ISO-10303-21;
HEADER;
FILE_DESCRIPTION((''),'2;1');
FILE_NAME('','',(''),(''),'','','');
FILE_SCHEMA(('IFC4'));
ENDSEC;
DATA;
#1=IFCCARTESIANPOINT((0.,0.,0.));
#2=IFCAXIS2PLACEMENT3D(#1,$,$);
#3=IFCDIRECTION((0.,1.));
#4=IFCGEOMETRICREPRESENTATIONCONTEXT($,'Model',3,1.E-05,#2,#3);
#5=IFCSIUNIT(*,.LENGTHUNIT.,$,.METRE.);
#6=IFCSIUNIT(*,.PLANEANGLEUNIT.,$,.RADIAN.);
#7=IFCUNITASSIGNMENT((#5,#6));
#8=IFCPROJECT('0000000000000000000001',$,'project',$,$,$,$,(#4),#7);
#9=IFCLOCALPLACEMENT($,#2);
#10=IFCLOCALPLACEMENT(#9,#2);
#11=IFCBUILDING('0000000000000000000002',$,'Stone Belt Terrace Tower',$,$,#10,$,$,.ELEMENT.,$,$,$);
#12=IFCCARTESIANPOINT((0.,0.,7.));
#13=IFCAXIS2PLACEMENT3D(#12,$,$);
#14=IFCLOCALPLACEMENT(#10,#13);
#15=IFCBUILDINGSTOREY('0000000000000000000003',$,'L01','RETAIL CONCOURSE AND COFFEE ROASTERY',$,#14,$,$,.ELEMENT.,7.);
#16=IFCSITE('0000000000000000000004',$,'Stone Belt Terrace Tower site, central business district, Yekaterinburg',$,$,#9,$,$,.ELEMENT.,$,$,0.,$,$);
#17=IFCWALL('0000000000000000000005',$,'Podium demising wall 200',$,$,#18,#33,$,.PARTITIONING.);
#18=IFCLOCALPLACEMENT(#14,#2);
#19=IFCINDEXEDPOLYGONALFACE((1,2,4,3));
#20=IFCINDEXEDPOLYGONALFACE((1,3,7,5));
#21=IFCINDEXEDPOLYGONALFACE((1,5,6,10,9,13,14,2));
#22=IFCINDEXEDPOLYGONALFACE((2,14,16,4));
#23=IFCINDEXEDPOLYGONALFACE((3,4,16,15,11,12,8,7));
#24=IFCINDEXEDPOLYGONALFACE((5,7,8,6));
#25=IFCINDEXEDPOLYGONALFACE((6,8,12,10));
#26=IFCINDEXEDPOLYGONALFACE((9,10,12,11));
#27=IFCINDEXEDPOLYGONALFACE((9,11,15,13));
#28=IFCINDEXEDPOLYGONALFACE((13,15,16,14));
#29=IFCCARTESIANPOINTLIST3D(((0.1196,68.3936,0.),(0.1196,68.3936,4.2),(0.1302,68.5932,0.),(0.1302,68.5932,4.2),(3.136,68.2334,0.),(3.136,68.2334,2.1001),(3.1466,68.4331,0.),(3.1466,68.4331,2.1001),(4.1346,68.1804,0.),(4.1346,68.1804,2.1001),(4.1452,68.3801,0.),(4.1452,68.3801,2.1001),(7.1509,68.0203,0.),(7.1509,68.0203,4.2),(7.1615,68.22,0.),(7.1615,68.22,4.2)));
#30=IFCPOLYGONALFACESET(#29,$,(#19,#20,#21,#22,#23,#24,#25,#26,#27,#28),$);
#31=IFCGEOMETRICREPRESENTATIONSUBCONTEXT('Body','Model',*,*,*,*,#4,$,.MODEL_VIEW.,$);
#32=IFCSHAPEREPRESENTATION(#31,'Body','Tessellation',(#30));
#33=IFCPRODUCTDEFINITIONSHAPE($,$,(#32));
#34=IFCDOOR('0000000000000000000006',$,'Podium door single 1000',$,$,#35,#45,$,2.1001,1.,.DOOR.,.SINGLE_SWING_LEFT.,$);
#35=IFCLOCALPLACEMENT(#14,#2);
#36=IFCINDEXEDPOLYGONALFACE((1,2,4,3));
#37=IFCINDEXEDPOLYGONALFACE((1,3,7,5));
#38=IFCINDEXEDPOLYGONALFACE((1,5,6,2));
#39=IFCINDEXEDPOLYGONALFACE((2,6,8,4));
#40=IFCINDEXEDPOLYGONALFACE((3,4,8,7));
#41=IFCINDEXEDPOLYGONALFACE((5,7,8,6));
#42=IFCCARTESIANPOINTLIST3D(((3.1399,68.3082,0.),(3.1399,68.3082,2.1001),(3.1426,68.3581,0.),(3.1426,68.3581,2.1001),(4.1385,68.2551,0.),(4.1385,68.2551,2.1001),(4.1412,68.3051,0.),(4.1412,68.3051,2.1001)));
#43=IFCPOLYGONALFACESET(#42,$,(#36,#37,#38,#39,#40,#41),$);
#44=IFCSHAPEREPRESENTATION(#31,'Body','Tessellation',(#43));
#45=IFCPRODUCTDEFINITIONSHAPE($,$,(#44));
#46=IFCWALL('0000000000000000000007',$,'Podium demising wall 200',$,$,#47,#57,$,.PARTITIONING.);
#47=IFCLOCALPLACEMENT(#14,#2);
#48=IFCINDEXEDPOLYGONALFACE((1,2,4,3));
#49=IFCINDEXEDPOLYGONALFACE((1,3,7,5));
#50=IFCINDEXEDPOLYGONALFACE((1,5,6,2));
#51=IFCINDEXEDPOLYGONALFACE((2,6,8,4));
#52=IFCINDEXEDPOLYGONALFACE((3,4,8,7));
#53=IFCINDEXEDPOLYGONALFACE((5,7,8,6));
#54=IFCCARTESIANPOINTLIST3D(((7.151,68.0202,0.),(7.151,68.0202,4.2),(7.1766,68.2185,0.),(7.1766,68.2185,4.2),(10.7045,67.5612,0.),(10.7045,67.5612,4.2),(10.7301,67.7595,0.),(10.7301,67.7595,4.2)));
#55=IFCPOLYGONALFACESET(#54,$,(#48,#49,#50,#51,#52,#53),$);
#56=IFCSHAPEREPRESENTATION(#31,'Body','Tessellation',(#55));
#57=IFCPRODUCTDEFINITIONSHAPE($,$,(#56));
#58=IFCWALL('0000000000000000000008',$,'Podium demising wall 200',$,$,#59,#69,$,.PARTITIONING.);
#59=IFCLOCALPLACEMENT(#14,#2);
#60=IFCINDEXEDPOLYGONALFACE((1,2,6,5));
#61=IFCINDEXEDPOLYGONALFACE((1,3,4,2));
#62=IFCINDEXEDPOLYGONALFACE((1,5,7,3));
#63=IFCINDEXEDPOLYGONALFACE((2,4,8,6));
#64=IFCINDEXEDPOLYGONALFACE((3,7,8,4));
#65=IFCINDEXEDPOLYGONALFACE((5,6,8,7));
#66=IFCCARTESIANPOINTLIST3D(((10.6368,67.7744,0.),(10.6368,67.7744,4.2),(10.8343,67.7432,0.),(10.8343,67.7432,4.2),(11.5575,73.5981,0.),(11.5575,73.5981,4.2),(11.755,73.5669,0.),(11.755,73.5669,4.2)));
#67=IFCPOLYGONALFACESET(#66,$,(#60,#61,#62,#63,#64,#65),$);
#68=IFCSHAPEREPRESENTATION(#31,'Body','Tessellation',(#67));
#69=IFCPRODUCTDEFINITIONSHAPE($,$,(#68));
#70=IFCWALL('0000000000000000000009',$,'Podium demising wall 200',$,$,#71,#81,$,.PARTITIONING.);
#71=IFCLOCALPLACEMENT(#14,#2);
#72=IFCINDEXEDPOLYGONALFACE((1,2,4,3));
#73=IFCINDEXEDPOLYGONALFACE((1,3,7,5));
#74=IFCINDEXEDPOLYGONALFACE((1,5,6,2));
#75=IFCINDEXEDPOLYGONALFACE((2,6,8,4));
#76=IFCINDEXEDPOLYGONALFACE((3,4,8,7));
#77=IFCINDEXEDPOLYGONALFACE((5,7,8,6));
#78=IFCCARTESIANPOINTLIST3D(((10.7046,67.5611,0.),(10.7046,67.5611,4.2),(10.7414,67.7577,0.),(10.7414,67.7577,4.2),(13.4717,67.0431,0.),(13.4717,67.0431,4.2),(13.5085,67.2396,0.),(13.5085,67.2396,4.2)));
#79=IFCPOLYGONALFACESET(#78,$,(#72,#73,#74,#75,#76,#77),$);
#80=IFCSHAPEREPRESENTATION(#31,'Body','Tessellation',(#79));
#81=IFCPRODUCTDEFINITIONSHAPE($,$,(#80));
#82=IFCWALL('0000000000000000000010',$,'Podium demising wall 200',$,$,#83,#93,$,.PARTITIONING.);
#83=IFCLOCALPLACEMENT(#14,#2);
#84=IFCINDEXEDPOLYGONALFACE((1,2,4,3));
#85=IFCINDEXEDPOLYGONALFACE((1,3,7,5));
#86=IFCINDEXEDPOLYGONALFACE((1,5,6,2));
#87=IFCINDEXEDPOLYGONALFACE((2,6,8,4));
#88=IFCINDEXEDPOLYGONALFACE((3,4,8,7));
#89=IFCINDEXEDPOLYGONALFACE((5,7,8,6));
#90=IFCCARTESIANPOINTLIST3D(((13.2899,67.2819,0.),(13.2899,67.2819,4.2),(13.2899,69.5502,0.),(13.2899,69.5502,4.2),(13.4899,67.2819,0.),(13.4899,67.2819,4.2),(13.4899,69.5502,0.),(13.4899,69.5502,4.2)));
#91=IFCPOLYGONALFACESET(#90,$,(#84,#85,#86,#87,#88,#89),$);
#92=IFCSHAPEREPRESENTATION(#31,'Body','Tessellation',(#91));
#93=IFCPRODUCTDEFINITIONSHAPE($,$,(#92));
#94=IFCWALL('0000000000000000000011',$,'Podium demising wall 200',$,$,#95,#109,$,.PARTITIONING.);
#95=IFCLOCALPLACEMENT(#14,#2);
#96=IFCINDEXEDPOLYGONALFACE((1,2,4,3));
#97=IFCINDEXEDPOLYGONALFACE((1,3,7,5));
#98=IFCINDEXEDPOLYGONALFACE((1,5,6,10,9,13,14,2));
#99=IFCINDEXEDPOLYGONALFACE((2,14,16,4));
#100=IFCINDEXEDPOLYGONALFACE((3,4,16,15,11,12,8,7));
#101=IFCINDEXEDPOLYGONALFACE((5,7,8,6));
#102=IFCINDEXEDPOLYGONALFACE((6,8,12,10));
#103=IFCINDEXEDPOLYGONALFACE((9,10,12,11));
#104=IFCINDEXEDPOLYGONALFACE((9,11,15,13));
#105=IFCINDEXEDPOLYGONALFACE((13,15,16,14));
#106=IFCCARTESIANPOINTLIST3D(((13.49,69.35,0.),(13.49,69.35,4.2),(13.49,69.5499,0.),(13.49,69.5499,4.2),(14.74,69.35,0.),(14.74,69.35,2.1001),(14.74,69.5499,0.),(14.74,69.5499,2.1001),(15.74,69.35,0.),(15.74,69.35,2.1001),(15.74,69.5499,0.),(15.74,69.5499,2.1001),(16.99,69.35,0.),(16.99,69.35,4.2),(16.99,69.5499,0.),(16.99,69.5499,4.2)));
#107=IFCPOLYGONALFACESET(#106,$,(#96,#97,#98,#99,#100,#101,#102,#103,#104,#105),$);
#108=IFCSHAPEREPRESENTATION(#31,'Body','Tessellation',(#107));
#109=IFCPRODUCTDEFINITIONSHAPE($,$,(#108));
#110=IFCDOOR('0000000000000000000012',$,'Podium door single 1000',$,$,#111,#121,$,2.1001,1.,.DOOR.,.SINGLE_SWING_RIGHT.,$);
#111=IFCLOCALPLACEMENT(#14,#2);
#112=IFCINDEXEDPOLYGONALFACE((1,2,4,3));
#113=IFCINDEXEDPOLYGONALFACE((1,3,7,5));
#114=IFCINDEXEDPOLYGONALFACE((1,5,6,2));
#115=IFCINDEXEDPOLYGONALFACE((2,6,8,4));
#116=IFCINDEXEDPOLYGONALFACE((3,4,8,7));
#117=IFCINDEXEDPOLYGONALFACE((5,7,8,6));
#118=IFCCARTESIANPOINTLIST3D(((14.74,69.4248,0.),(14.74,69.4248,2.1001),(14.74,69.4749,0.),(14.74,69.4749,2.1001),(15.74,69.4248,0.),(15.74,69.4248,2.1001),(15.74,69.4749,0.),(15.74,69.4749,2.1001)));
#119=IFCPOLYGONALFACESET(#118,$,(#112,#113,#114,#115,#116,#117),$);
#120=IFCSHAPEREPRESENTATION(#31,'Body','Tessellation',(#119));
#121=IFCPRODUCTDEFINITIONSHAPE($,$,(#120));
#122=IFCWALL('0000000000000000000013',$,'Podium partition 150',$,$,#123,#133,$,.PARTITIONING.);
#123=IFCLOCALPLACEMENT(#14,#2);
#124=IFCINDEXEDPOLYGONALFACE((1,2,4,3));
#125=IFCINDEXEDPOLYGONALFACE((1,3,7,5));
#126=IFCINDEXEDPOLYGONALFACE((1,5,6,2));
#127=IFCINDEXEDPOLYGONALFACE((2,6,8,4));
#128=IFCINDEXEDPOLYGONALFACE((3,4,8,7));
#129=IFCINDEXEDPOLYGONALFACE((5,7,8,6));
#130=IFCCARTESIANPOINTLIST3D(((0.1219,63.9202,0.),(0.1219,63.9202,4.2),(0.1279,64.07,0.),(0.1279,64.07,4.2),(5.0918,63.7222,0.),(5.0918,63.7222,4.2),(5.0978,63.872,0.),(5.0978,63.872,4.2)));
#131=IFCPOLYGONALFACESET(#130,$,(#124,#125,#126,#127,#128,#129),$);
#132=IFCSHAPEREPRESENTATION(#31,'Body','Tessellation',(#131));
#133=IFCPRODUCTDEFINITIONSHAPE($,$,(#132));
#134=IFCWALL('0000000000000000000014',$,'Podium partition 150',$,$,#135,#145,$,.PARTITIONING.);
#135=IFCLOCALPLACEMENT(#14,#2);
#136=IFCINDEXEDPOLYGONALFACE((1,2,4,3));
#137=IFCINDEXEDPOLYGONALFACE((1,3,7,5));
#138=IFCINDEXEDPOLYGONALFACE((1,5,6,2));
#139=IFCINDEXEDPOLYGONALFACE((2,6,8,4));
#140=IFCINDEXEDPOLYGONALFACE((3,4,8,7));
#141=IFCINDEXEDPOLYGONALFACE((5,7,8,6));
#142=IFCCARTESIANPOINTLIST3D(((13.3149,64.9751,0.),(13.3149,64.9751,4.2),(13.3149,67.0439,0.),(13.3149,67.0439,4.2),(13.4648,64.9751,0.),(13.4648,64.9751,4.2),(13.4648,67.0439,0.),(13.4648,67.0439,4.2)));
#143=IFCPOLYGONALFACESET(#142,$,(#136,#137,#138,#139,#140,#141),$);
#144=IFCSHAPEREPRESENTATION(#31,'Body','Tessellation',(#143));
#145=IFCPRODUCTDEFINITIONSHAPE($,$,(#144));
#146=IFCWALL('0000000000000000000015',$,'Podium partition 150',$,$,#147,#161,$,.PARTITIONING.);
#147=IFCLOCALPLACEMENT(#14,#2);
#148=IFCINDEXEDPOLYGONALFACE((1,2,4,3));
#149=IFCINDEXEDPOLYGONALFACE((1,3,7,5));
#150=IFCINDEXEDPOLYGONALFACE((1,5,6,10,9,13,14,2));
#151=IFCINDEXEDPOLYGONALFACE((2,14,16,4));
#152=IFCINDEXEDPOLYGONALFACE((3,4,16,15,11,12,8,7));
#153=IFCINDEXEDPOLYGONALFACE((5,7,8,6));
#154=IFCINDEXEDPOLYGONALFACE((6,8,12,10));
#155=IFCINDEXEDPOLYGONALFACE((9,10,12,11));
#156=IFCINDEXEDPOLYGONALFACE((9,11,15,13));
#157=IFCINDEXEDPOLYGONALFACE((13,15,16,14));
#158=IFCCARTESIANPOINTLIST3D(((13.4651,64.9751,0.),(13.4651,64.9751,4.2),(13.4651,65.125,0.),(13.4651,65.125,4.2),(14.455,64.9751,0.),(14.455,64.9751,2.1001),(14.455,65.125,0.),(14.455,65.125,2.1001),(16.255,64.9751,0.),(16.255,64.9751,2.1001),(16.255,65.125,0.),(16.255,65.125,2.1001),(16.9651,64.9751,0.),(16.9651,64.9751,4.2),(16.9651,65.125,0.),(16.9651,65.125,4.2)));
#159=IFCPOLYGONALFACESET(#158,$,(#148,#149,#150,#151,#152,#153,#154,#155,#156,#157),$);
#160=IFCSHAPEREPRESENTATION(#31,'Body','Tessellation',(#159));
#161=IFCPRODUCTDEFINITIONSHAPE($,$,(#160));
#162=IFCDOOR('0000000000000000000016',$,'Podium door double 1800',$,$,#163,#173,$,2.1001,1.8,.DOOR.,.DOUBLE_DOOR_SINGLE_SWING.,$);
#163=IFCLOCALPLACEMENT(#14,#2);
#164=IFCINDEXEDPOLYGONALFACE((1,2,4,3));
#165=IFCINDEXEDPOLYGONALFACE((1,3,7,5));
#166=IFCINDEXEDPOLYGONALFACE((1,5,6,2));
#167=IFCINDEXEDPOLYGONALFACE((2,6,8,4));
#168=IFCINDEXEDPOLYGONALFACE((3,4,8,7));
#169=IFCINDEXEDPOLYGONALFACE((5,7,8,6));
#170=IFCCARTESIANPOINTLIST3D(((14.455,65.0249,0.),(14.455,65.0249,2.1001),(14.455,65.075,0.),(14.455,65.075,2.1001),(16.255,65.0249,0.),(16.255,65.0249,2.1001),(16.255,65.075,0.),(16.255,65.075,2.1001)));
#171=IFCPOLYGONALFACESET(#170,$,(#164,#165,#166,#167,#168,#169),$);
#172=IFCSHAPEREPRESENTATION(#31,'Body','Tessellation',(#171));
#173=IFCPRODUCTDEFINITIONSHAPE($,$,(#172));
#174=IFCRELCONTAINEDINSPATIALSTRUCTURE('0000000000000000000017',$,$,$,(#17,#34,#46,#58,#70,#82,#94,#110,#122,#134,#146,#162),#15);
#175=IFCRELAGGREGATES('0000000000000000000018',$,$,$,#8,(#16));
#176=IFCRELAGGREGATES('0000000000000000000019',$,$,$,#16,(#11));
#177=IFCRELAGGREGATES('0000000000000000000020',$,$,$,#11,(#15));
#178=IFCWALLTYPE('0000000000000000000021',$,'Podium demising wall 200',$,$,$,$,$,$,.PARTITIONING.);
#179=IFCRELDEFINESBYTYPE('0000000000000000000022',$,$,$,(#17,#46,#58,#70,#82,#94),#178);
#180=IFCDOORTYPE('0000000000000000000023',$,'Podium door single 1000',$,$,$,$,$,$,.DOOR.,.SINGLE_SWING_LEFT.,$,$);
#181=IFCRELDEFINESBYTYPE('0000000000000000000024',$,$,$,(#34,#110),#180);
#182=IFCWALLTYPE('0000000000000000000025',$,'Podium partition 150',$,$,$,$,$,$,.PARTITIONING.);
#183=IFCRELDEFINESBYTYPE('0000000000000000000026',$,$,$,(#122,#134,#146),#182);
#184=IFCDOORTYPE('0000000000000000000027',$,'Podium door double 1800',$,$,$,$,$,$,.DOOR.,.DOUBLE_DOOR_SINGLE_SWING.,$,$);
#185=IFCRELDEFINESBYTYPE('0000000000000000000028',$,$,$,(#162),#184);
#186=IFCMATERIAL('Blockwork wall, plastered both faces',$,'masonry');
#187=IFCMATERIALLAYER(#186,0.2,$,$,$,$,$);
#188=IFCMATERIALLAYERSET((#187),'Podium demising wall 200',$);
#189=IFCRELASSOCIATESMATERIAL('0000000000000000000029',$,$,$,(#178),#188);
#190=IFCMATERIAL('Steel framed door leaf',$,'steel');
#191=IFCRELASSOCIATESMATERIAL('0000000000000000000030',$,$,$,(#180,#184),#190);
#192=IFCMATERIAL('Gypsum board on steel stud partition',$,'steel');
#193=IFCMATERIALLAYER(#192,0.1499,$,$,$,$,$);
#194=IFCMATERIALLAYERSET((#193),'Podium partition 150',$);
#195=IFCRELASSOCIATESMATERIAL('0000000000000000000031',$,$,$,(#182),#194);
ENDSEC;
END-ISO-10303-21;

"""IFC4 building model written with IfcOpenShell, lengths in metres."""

from ifc_helpers import new_model, si_unit, direction, frame, frame_2d, origin, place, context, subcontext, project, spatial, rectangle, extrude, material, layer, layer_set, type_object, element, fill, save


model = new_model("IFC4")

# Units and contexts
model_context = context("Model", 3, precision=1e-05, world=origin(), true_north=direction((0.0, 1.0)))
body_context = subcontext(model_context, "Body", "Model", "MODEL_VIEW")
ifc_project = project(units=[si_unit("LENGTHUNIT", "METRE"), si_unit("PLANEANGLEUNIT", "RADIAN")], contexts=[model_context])

# Site, building, storey
site_placement = place(None, origin())
site = spatial("IfcSite", under=ifc_project, at=site_placement, Name="Stone Belt Terrace Tower site, central business district, Yekaterinburg", CompositionType="ELEMENT", RefElevation=0.0)
building_placement = place(site_placement, origin())
building = spatial("IfcBuilding", under=site, at=building_placement, Name="Stone Belt Terrace Tower", CompositionType="ELEMENT")
storey_placement = place(building_placement, frame((0.0, 0.0, 7.0)))
storey = spatial("IfcBuildingStorey", under=building, at=storey_placement, Name="L01", Description="RETAIL CONCOURSE AND COFFEE ROASTERY", CompositionType="ELEMENT", Elevation=7.0)

# Wall, opening, door
ifc_material_1 = material(Name="Blockwork wall, plastered both faces", Category="masonry")
ifc_layer_1 = layer(ifc_material_1, 0.2)
ifc_layer_set_1 = layer_set([ifc_layer_1], Name="Podium demising wall 200")
wall_type_1 = type_object("IfcWallType", Name="Podium demising wall 200", PredefinedType="PARTITIONING", material=ifc_layer_set_1)
wall_1_placement = place(storey_placement, frame((0.125, 68.4934, 0.0), z_axis=(0.0, 0.0, 1.0), x_axis=(0.998594, -0.053016, 0.0)))
wall_1 = element("IfcWall", 1, at=wall_1_placement, inside=storey, type_object=wall_type_1, Name="Podium demising wall 200", PredefinedType="PARTITIONING", context=body_context, shape_type="SweptSolid", body=[
    extrude(rectangle(XDim=7.0413, YDim=0.2, at=frame_2d((3.5205, 0.0))), origin(), (0.0, 0.0, 1.0), 4.2),
])
opening_1_placement = place(wall_1_placement, frame((3.0205, 0.0, 0.0)))
opening_1 = element("IfcOpeningElement", 2, at=opening_1_placement, cuts=wall_1, PredefinedType="OPENING", context=body_context, shape_type="SweptSolid", body=[
    extrude(rectangle(XDim=1.0, YDim=2.1001, at=frame_2d((0.5, 1.05))), frame((0.0, 0.1099, 0.0), z_axis=(0.0, -1.0, 0.0), x_axis=(1.0, 0.0, 0.0)), (0.0, 0.0, 1.0), 0.22),
])
ifc_material_2 = material(Name="Steel framed door leaf", Category="steel")
door_type_1 = type_object("IfcDoorType", Name="Podium door single 1000", OperationType="SINGLE_SWING_LEFT", PredefinedType="DOOR", material=ifc_material_2)
door_1_placement = place(opening_1_placement, origin())
door_1 = element("IfcDoor", 3, at=door_1_placement, inside=storey, type_object=door_type_1, Name="Podium door single 1000", OperationType="SINGLE_SWING_LEFT", OverallHeight=2.1001, OverallWidth=1.0, PredefinedType="DOOR", context=body_context, shape_type="SweptSolid", body=[
    extrude(rectangle(XDim=1.0, YDim=2.1001, at=frame_2d((0.5, 1.05))), frame((0.0, 0.0249, 0.0), z_axis=(0.0, -1.0, 0.0), x_axis=(1.0, 0.0, 0.0)), (0.0, 0.0, 1.0), 0.05),
])
fill(opening_1, door_1)

# Walls
wall_2_placement = place(storey_placement, frame((7.1638, 68.1194, 0.0), z_axis=(0.0, 0.0, 1.0), x_axis=(0.991761, -0.128101, 0.0)))
element("IfcWall", 4, at=wall_2_placement, inside=storey, type_object=wall_type_1, Name="Podium demising wall 200", PredefinedType="PARTITIONING", context=body_context, shape_type="SweptSolid", body=[
    extrude(rectangle(XDim=3.583, YDim=0.2, at=frame_2d((1.7915, 0.0))), origin(), (0.0, 0.0, 1.0), 4.2),
])
wall_3_placement = place(storey_placement, frame((10.7356, 67.7588, 0.0), z_axis=(0.0, 0.0, 1.0), x_axis=(0.156148, 0.987734, 0.0)))
element("IfcWall", 5, at=wall_3_placement, inside=storey, type_object=wall_type_1, Name="Podium demising wall 200", PredefinedType="PARTITIONING", context=body_context, shape_type="SweptSolid", body=[
    extrude(rectangle(XDim=5.896, YDim=0.2, at=frame_2d((2.948, 0.0))), origin(), (0.0, 0.0, 1.0), 4.2),
])
wall_4_placement = place(storey_placement, frame((10.7229, 67.6594, 0.0), z_axis=(0.0, 0.0, 1.0), x_axis=(0.982921, -0.184027, 0.0)))
element("IfcWall", 6, at=wall_4_placement, inside=storey, type_object=wall_type_1, Name="Podium demising wall 200", PredefinedType="PARTITIONING", context=body_context, shape_type="SweptSolid", body=[
    extrude(rectangle(XDim=2.8152, YDim=0.2, at=frame_2d((1.4077, 0.0))), origin(), (0.0, 0.0, 1.0), 4.2),
])
wall_5_placement = place(storey_placement, frame((13.3899, 67.2817, 0.0), z_axis=(0.0, 0.0, 1.0), x_axis=(0.0, 1.0, 0.0)))
element("IfcWall", 7, at=wall_5_placement, inside=storey, type_object=wall_type_1, Name="Podium demising wall 200", PredefinedType="PARTITIONING", context=body_context, shape_type="SweptSolid", body=[
    extrude(rectangle(XDim=2.2683, YDim=0.2, at=frame_2d((1.1343, 0.0))), origin(), (0.0, 0.0, 1.0), 4.2),
])

# Wall, opening, door
wall_6_placement = place(storey_placement, frame((13.49, 69.45, 0.0), z_axis=(0.0, 0.0, 1.0), x_axis=(1.0, 0.0, 0.0)))
wall_6 = element("IfcWall", 8, at=wall_6_placement, inside=storey, type_object=wall_type_1, Name="Podium demising wall 200", PredefinedType="PARTITIONING", context=body_context, shape_type="SweptSolid", body=[
    extrude(rectangle(XDim=3.5, YDim=0.2, at=frame_2d((1.75, 0.0))), origin(), (0.0, 0.0, 1.0), 4.2),
])
opening_2_placement = place(wall_6_placement, frame((1.25, 0.0, 0.0)))
opening_2 = element("IfcOpeningElement", 9, at=opening_2_placement, cuts=wall_6, PredefinedType="OPENING", context=body_context, shape_type="SweptSolid", body=[
    extrude(rectangle(XDim=1.0, YDim=2.1001, at=frame_2d((0.5, 1.05))), frame((0.0, 0.1099, 0.0), z_axis=(0.0, -1.0, 0.0), x_axis=(1.0, 0.0, 0.0)), (0.0, 0.0, 1.0), 0.22),
])
door_2_placement = place(opening_2_placement, origin())
door_2 = element("IfcDoor", 10, at=door_2_placement, inside=storey, type_object=door_type_1, Name="Podium door single 1000", OperationType="SINGLE_SWING_RIGHT", OverallHeight=2.1001, OverallWidth=1.0, PredefinedType="DOOR", context=body_context, shape_type="SweptSolid", body=[
    extrude(rectangle(XDim=1.0, YDim=2.1001, at=frame_2d((0.5, 1.05))), frame((0.0, 0.0249, 0.0), z_axis=(0.0, -1.0, 0.0), x_axis=(1.0, 0.0, 0.0)), (0.0, 0.0, 1.0), 0.05),
])
fill(opening_2, door_2)

# Walls
ifc_material_3 = material(Name="Gypsum board on steel stud partition", Category="steel")
ifc_layer_2 = layer(ifc_material_3, 0.1499)
ifc_layer_set_2 = layer_set([ifc_layer_2], Name="Podium partition 150")
wall_type_2 = type_object("IfcWallType", Name="Podium partition 150", PredefinedType="PARTITIONING", material=ifc_layer_set_2)
wall_7_placement = place(storey_placement, frame((0.125, 63.9951, 0.0), z_axis=(0.0, 0.0, 1.0), x_axis=(0.999207, -0.039807, 0.0)))
element("IfcWall", 11, at=wall_7_placement, inside=storey, type_object=wall_type_2, Name="Podium partition 150", PredefinedType="PARTITIONING", context=body_context, shape_type="SweptSolid", body=[
    extrude(rectangle(XDim=4.9739, YDim=0.1499, at=frame_2d((2.4868, 0.0))), origin(), (0.0, 0.0, 1.0), 4.2),
])
wall_8_placement = place(storey_placement, frame((13.3899, 64.9751, 0.0), z_axis=(0.0, 0.0, 1.0), x_axis=(0.0, 1.0, 0.0)))
element("IfcWall", 12, at=wall_8_placement, inside=storey, type_object=wall_type_2, Name="Podium partition 150", PredefinedType="PARTITIONING", context=body_context, shape_type="SweptSolid", body=[
    extrude(rectangle(XDim=2.0688, YDim=0.1499, at=frame_2d((1.0344, 0.0))), origin(), (0.0, 0.0, 1.0), 4.2),
])

# Wall, opening, door
wall_9_placement = place(storey_placement, frame((13.4651, 65.05, 0.0), z_axis=(0.0, 0.0, 1.0), x_axis=(1.0, 0.0, 0.0)))
wall_9 = element("IfcWall", 13, at=wall_9_placement, inside=storey, type_object=wall_type_2, Name="Podium partition 150", PredefinedType="PARTITIONING", context=body_context, shape_type="SweptSolid", body=[
    extrude(rectangle(XDim=3.5, YDim=0.1499, at=frame_2d((1.75, 0.0))), origin(), (0.0, 0.0, 1.0), 4.2),
])
opening_3_placement = place(wall_9_placement, frame((0.99, 0.0, 0.0)))
opening_3 = element("IfcOpeningElement", 14, at=opening_3_placement, cuts=wall_9, PredefinedType="OPENING", context=body_context, shape_type="SweptSolid", body=[
    extrude(rectangle(XDim=1.8, YDim=2.1001, at=frame_2d((0.8999, 1.05))), frame((0.0, 0.085, 0.0), z_axis=(0.0, -1.0, 0.0), x_axis=(1.0, 0.0, 0.0)), (0.0, 0.0, 1.0), 0.1699),
])
door_type_2 = type_object("IfcDoorType", Name="Podium door double 1800", OperationType="DOUBLE_DOOR_SINGLE_SWING", PredefinedType="DOOR", material=ifc_material_2)
door_3_placement = place(opening_3_placement, origin())
door_3 = element("IfcDoor", 15, at=door_3_placement, inside=storey, type_object=door_type_2, Name="Podium door double 1800", OperationType="DOUBLE_DOOR_SINGLE_SWING", OverallHeight=2.1001, OverallWidth=1.8, PredefinedType="DOOR", context=body_context, shape_type="SweptSolid", body=[
    extrude(rectangle(XDim=1.8, YDim=2.1001, at=frame_2d((0.8999, 1.05))), frame((0.0, 0.0249, 0.0), z_axis=(0.0, -1.0, 0.0), x_axis=(1.0, 0.0, 0.0)), (0.0, 0.0, 1.0), 0.05),
])
fill(opening_3, door_3)

save(model, "model.ifc")
